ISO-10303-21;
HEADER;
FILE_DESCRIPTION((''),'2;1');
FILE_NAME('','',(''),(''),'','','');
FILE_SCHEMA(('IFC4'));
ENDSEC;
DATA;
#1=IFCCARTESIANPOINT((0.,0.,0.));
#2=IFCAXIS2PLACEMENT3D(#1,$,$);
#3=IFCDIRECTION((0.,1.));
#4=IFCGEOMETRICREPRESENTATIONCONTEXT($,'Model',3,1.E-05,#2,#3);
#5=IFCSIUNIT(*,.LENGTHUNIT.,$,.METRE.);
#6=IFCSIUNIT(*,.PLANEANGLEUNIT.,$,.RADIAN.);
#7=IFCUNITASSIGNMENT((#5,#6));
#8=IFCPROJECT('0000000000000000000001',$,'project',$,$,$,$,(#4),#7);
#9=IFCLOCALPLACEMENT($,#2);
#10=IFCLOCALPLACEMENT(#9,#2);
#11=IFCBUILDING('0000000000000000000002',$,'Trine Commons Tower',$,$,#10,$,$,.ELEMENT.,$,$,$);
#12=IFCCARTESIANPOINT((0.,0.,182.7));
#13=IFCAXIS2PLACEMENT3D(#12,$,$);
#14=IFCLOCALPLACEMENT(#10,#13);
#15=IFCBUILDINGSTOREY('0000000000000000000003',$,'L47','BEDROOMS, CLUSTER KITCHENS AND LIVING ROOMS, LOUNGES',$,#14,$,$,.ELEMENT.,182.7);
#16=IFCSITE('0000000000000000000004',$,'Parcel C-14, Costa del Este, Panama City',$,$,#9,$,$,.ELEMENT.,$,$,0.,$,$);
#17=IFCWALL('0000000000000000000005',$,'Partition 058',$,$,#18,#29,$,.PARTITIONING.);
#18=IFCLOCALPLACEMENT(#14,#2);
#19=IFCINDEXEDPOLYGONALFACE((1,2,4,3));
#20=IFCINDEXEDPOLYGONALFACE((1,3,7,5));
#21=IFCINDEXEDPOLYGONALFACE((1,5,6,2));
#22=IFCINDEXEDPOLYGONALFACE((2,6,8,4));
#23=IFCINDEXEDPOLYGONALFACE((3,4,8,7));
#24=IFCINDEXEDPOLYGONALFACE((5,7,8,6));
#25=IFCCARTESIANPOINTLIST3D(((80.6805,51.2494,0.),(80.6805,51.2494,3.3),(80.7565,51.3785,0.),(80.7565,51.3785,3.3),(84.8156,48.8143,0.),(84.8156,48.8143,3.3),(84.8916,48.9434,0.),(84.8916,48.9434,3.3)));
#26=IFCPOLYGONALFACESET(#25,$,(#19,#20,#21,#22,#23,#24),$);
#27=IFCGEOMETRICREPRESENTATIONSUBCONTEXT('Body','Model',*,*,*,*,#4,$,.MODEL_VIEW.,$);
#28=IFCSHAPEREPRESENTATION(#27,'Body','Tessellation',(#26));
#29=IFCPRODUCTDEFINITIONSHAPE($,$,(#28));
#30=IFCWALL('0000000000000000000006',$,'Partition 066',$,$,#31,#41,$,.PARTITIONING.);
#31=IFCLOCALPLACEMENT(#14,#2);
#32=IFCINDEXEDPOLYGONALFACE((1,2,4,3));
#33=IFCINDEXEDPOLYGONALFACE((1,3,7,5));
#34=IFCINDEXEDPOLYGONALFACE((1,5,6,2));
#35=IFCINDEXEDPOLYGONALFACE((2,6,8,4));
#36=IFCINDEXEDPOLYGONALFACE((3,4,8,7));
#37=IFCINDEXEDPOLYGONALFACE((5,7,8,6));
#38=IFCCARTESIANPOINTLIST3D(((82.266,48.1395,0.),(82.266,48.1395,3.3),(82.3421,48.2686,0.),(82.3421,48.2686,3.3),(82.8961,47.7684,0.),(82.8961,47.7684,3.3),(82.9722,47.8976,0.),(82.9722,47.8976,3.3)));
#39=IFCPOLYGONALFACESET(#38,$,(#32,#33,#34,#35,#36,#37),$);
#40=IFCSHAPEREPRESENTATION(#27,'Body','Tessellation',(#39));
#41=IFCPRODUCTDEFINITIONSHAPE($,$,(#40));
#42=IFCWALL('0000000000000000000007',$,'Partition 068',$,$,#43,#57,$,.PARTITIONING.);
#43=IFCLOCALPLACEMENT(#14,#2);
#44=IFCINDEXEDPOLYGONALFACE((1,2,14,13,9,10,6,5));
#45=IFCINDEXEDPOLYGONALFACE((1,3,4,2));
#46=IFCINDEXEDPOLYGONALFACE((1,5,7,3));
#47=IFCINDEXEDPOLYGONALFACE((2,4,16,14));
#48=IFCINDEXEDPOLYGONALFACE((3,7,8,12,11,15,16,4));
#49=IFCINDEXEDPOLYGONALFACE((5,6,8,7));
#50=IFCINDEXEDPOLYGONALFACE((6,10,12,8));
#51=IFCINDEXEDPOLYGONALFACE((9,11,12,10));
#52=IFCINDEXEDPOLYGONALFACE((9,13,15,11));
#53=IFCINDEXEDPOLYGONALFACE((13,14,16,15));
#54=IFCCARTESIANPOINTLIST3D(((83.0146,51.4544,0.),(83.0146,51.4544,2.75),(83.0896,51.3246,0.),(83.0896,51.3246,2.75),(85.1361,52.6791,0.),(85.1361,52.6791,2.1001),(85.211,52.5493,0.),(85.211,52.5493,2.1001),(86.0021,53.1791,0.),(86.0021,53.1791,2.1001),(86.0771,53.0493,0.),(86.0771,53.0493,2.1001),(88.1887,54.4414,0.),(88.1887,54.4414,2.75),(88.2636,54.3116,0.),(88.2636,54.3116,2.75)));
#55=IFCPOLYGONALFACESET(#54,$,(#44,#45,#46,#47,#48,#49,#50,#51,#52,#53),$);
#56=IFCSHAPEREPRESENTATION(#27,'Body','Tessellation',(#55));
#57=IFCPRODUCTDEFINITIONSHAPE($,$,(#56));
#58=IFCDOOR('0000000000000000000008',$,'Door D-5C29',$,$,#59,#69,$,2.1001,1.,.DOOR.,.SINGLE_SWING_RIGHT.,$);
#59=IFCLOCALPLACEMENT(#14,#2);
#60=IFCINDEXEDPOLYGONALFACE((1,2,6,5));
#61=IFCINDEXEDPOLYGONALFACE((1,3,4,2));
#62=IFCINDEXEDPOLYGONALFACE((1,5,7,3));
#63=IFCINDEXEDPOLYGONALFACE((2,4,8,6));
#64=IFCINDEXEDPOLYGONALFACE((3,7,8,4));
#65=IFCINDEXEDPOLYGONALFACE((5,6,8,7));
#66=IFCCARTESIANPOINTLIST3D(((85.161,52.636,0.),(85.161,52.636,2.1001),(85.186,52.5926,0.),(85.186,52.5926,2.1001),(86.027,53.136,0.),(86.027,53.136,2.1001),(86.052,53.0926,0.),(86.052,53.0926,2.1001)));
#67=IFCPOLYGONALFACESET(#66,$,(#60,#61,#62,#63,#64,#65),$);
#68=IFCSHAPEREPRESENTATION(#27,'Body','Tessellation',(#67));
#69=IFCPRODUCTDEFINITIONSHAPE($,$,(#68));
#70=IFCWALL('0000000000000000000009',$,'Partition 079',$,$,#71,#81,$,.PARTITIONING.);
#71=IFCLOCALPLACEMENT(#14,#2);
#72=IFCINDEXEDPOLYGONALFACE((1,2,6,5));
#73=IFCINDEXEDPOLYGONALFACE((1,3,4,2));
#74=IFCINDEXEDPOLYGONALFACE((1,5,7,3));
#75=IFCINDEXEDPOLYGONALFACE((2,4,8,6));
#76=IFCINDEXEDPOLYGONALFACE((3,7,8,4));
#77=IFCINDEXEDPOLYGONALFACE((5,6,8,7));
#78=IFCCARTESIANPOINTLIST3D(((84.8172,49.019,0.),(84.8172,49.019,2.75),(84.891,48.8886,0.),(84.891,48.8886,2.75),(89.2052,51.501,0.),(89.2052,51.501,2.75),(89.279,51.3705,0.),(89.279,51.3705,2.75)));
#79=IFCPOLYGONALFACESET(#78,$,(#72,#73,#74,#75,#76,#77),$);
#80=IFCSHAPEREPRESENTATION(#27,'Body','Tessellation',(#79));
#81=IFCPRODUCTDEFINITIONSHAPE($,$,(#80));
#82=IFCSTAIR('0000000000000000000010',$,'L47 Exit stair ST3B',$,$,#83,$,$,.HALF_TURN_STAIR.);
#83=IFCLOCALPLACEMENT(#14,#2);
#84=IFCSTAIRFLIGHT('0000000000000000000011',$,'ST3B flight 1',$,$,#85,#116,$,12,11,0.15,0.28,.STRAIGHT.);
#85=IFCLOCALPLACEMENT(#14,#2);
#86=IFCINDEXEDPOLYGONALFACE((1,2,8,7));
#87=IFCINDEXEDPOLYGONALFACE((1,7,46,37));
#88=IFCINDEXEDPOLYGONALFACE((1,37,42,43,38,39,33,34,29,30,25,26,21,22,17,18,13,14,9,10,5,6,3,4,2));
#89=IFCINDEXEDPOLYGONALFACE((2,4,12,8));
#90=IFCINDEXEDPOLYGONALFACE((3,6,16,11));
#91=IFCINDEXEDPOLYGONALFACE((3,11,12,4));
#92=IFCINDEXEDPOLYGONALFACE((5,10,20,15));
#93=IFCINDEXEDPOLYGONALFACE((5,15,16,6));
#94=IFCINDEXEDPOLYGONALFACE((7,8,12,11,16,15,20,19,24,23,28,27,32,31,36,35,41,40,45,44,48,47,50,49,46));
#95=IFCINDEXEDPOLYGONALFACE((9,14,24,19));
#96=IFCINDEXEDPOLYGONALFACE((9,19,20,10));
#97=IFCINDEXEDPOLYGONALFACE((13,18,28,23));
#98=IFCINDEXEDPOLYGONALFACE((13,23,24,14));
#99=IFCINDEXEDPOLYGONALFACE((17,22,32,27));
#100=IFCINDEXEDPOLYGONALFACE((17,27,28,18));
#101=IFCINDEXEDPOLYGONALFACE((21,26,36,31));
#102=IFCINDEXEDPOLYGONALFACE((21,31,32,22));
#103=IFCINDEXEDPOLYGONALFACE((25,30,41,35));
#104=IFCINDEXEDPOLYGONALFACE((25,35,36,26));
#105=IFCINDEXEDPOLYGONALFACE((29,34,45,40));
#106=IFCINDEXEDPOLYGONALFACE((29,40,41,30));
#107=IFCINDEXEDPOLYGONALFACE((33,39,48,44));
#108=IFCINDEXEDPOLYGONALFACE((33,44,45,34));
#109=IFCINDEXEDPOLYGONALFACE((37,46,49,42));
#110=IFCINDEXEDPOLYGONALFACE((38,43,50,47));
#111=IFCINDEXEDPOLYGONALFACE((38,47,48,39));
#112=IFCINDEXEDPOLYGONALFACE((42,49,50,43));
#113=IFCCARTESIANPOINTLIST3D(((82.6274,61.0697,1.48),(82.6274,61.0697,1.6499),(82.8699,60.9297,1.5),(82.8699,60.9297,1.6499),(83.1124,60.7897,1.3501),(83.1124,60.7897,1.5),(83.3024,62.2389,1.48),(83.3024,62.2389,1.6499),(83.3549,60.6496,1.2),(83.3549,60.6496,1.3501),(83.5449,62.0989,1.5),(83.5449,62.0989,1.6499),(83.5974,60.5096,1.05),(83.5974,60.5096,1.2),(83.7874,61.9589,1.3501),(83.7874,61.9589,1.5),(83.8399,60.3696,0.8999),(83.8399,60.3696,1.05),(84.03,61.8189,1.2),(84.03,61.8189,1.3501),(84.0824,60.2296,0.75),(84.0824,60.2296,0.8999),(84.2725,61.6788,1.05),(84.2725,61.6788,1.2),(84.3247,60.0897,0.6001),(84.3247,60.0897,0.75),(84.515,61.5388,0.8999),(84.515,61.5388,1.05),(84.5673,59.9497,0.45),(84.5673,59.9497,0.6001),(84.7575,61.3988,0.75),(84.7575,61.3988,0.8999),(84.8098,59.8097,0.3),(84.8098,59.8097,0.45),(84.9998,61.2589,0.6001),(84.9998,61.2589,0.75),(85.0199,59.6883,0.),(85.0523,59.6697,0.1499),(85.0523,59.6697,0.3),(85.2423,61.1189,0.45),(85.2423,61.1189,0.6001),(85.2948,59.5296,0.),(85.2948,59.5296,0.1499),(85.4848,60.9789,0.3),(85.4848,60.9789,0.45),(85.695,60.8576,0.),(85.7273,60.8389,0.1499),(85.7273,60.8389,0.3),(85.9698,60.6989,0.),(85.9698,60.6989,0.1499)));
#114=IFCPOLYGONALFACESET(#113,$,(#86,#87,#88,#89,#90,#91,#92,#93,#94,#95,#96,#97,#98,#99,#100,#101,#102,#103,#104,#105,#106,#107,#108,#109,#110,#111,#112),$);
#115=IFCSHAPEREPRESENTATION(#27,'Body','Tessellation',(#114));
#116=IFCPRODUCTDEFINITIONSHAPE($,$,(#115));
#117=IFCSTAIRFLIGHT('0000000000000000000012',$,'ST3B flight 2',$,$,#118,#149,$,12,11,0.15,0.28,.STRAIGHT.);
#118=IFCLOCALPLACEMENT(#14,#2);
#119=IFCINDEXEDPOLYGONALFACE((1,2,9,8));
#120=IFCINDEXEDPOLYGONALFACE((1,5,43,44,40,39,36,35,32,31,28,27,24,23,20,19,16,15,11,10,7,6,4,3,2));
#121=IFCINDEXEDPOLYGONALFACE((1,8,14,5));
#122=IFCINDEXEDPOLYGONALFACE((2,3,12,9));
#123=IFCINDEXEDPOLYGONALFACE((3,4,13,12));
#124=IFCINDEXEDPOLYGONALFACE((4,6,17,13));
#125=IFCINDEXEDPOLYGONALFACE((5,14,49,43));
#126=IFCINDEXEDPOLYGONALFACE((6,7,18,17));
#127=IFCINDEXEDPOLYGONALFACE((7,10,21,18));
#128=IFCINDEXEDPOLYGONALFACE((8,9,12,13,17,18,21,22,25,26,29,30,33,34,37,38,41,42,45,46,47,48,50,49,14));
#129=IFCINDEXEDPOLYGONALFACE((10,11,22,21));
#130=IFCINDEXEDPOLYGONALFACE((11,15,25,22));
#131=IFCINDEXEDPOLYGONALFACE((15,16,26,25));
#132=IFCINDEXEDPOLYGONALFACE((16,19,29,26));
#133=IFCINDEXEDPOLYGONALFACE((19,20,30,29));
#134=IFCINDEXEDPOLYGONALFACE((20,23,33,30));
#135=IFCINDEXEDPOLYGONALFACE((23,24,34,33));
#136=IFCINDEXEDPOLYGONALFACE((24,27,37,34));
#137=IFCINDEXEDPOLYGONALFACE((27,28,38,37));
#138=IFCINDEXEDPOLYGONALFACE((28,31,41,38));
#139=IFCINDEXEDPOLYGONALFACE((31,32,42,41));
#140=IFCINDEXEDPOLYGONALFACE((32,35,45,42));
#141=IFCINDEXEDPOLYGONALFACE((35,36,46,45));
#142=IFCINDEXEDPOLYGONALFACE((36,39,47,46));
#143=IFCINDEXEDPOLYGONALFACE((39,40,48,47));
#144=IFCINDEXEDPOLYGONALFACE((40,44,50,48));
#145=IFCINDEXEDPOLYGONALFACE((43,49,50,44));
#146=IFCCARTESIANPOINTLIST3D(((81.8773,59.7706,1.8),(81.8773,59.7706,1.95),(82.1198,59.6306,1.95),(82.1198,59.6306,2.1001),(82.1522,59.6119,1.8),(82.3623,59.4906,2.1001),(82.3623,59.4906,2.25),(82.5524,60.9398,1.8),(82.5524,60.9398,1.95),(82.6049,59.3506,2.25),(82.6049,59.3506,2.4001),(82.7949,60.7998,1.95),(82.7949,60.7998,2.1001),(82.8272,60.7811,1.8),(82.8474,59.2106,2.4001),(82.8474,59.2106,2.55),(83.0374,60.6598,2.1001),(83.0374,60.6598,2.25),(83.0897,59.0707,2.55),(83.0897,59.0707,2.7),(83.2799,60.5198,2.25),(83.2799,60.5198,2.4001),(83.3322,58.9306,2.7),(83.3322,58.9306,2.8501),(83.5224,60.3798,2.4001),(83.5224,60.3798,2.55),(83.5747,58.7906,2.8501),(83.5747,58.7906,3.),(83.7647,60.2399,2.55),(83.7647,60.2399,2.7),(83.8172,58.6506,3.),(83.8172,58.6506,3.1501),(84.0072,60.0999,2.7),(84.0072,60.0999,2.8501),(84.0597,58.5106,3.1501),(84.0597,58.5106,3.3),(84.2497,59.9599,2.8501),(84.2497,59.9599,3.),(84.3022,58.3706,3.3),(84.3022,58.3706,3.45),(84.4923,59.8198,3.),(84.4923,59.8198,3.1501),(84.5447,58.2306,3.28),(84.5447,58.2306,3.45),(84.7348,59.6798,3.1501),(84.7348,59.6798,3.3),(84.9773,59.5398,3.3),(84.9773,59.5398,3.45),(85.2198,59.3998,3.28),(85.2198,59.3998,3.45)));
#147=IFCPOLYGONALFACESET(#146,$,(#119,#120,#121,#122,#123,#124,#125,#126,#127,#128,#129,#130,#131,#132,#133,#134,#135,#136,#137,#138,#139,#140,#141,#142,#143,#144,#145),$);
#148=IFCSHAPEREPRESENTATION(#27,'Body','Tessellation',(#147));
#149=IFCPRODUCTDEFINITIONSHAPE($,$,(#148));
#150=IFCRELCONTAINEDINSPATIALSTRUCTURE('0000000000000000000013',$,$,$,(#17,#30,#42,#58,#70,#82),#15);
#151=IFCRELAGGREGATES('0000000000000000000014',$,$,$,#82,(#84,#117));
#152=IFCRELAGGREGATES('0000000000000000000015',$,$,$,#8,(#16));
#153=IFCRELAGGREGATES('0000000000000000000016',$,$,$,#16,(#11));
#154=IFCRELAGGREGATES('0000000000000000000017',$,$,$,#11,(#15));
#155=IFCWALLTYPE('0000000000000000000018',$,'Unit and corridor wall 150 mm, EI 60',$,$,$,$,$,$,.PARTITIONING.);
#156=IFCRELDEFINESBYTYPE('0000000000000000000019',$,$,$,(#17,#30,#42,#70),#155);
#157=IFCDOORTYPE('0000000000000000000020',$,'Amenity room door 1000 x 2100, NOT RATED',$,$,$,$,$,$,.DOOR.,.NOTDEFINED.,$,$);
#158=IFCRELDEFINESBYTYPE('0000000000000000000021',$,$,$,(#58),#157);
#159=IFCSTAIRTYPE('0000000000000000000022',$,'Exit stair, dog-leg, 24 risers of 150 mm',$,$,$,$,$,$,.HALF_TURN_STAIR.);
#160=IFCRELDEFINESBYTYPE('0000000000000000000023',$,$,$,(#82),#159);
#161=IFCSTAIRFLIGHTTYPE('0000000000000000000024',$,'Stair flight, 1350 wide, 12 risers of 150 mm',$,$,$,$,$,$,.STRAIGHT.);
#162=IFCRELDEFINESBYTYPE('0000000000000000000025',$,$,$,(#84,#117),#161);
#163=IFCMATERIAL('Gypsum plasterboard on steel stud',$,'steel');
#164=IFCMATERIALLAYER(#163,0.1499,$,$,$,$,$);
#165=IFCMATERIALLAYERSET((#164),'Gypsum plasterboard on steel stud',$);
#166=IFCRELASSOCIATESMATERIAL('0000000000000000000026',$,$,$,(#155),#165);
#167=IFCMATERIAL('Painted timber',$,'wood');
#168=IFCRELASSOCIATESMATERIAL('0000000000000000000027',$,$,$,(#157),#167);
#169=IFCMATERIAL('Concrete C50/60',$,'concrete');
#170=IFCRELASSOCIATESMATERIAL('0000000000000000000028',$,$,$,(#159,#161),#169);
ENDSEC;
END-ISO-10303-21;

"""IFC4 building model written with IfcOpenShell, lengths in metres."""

from ifc_helpers import new_model, si_unit, direction, frame, frame_2d, origin, place, context, subcontext, project, spatial, polyline, rectangle, outline, extrude, material, layer, layer_set, type_object, element, fill, aggregate, save


model = new_model("IFC4")

# Units and contexts
model_context = context("Model", 3, precision=1e-05, world=origin(), true_north=direction((0.0, 1.0)))
body_context = subcontext(model_context, "Body", "Model", "MODEL_VIEW")
ifc_project = project(units=[si_unit("LENGTHUNIT", "METRE"), si_unit("PLANEANGLEUNIT", "RADIAN")], contexts=[model_context])

# Site, building, storey
site_placement = place(None, origin())
site = spatial("IfcSite", under=ifc_project, at=site_placement, Name="Parcel C-14, Costa del Este, Panama City", CompositionType="ELEMENT", RefElevation=0.0)
building_placement = place(site_placement, origin())
building = spatial("IfcBuilding", under=site, at=building_placement, Name="Trine Commons Tower", CompositionType="ELEMENT")
storey_placement = place(building_placement, frame((0.0, 0.0, 182.7)))
storey = spatial("IfcBuildingStorey", under=building, at=storey_placement, Name="L47", Description="BEDROOMS, CLUSTER KITCHENS AND LIVING ROOMS, LOUNGES", CompositionType="ELEMENT", Elevation=182.7)

# Walls
ifc_material_1 = material(Name="Gypsum plasterboard on steel stud", Category="steel")
ifc_layer_1 = layer(ifc_material_1, 0.1499)
ifc_layer_set_1 = layer_set([ifc_layer_1], Name="Gypsum plasterboard on steel stud")
wall_type_1 = type_object("IfcWallType", Name="Unit and corridor wall 150 mm, EI 60", PredefinedType="PARTITIONING", material=ifc_layer_set_1)
wall_1_placement = place(storey_placement, frame((80.7185, 51.314, 0.0), z_axis=(0.0, 0.0, 1.0), x_axis=(0.861688, -0.507438, 0.0)))
element("IfcWall", 1, at=wall_1_placement, inside=storey, type_object=wall_type_1, Name="Partition 058", PredefinedType="PARTITIONING", context=body_context, shape_type="SweptSolid", body=[
    extrude(rectangle(XDim=4.7988, YDim=0.1499, at=frame_2d((2.3994, 0.0))), origin(), (0.0, 0.0, 1.0), 3.3),
])
wall_2_placement = place(storey_placement, frame((82.304, 48.2041, 0.0), z_axis=(0.0, 0.0, 1.0), x_axis=(0.861677, -0.507458, 0.0)))
element("IfcWall", 2, at=wall_2_placement, inside=storey, type_object=wall_type_1, Name="Partition 066", PredefinedType="PARTITIONING", context=body_context, shape_type="SweptSolid", body=[
    extrude(rectangle(XDim=0.7312, YDim=0.1499, at=frame_2d((0.3657, 0.0))), origin(), (0.0, 0.0, 1.0), 3.3),
])

# Wall, opening, door
wall_3_placement = place(storey_placement, frame((83.052, 51.3894, 0.0), z_axis=(0.0, 0.0, 1.0), x_axis=(0.866039, 0.499976, 0.0)))
wall_3 = element("IfcWall", 3, at=wall_3_placement, inside=storey, type_object=wall_type_1, Name="Partition 068", PredefinedType="PARTITIONING", context=body_context, shape_type="SweptSolid", body=[
    extrude(rectangle(XDim=5.9744, YDim=0.1499, at=frame_2d((2.9873, 0.0))), origin(), (0.0, 0.0, 1.0), 2.75),
])
opening_1_placement = place(wall_3_placement, frame((2.4497, 0.0, 0.0)))
opening_1 = element("IfcOpeningElement", 4, at=opening_1_placement, cuts=wall_3, PredefinedType="OPENING", context=body_context, shape_type="SweptSolid", body=[
    extrude(rectangle(XDim=1.0, YDim=2.1001, at=frame_2d((0.5, 1.05))), frame((0.0, 0.085, 0.0), z_axis=(0.0, -1.0, 0.0), x_axis=(1.0, 0.0, 0.0)), (0.0, 0.0, 1.0), 0.1699),
])
ifc_material_2 = material(Name="Painted timber", Category="wood")
door_type_1 = type_object("IfcDoorType", Name="Amenity room door 1000 x 2100, NOT RATED", OperationType="NOTDEFINED", PredefinedType="DOOR", material=ifc_material_2)
door_1_placement = place(opening_1_placement, frame((1.0, 0.0, 0.0), z_axis=(0.0, 0.0, 1.0), x_axis=(-1.0, 0.0, 0.0)))
door_1 = element("IfcDoor", 5, at=door_1_placement, inside=storey, type_object=door_type_1, Name="Door D-5C29", OperationType="SINGLE_SWING_RIGHT", OverallHeight=2.1001, OverallWidth=1.0, PredefinedType="DOOR", context=body_context, shape_type="SweptSolid", body=[
    extrude(rectangle(XDim=1.0, YDim=2.1001, at=frame_2d((0.5, 1.05))), frame((0.0, 0.0249, 0.0), z_axis=(0.0, -1.0, 0.0), x_axis=(1.0, 0.0, 0.0)), (0.0, 0.0, 1.0), 0.05),
])
fill(opening_1, door_1)

# Wall
wall_4_placement = place(storey_placement, frame((84.8542, 48.9539, 0.0), z_axis=(0.0, 0.0, 1.0), x_axis=(0.87041, 0.492327, 0.0)))
element("IfcWall", 6, at=wall_4_placement, inside=storey, type_object=wall_type_1, Name="Partition 079", PredefinedType="PARTITIONING", context=body_context, shape_type="SweptSolid", body=[
    extrude(rectangle(XDim=5.0413, YDim=0.1499, at=frame_2d((2.5205, 0.0))), origin(), (0.0, 0.0, 1.0), 2.75),
])

# Stair, stair flights
ifc_material_3 = material(Name="Concrete C50/60", Category="concrete")
stair_type = type_object("IfcStairType", Name="Exit stair, dog-leg, 24 risers of 150 mm", PredefinedType="HALF_TURN_STAIR", material=ifc_material_3)
stair_placement = place(storey_placement, origin())
stair = element("IfcStair", 7, at=stair_placement, inside=storey, type_object=stair_type, Name="L47 Exit stair ST3B", PredefinedType="HALF_TURN_STAIR")
stair_flight_type = type_object("IfcStairFlightType", Name="Stair flight, 1350 wide, 12 risers of 150 mm", PredefinedType="STRAIGHT", material=ifc_material_3)
stair_flight_1_placement = place(storey_placement, frame((85.6323, 60.1143, 0.0), z_axis=(0.0, 0.0, 1.0), x_axis=(-0.866025, 0.5, 0.0)))
stair_flight_1 = element("IfcStairFlight", 8, at=stair_flight_1_placement, type_object=stair_flight_type, Name="ST3B flight 1", NumberOfRisers=12, NumberOfTreads=11, PredefinedType="STRAIGHT", RiserHeight=0.15, TreadLength=0.28, context=body_context, shape_type="SweptSolid", body=[
    extrude(outline(polyline([(0.0, 0.0), (0.0, 0.1499), (0.28, 0.1499), (0.28, 0.3), (0.5601, 0.3), (0.5601, 0.45), (0.8401, 0.45), (0.8401, 0.6001), (1.1201, 0.6001), (1.1201, 0.75), (1.3999, 0.75), (1.3999, 0.8999), (1.6799, 0.8999), (1.6799, 1.05), (1.96, 1.05), (1.96, 1.2), (2.24, 1.2), (2.24, 1.3501), (2.52, 1.3501), (2.52, 1.5), (2.8, 1.5), (2.8, 1.6499), (3.0801, 1.6499), (3.0801, 1.8), (3.0801, 1.48), (0.3174, 0.0), (0.0, 0.0)])), frame((0.0, 0.675, 0.0), z_axis=(0.0, -1.0, 0.0), x_axis=(1.0, 0.0, 0.0)), (0.0, 0.0, 1.0), 1.3501),
])
stair_flight_2_placement = place(storey_placement, frame((82.2148, 60.3552, 1.8), z_axis=(0.0, 0.0, 1.0), x_axis=(0.866025, -0.5, 0.0)))
stair_flight_2 = element("IfcStairFlight", 9, at=stair_flight_2_placement, type_object=stair_flight_type, Name="ST3B flight 2", NumberOfRisers=12, NumberOfTreads=11, PredefinedType="STRAIGHT", RiserHeight=0.15, TreadLength=0.28, context=body_context, shape_type="SweptSolid", body=[
    extrude(outline(polyline([(0.0, 0.0), (0.0, 0.1499), (0.28, 0.1499), (0.28, 0.3), (0.5601, 0.3), (0.5601, 0.45), (0.8401, 0.45), (0.8401, 0.6001), (1.1201, 0.6001), (1.1201, 0.75), (1.3999, 0.75), (1.3999, 0.8999), (1.6799, 0.8999), (1.6799, 1.05), (1.96, 1.05), (1.96, 1.2), (2.24, 1.2), (2.24, 1.3501), (2.52, 1.3501), (2.52, 1.5), (2.8, 1.5), (2.8, 1.6499), (3.0801, 1.6499), (3.0801, 1.8), (3.0801, 1.48), (0.3174, 0.0), (0.0, 0.0)])), frame((0.0, 0.675, 0.0), z_axis=(0.0, -1.0, 0.0), x_axis=(1.0, 0.0, 0.0)), (0.0, 0.0, 1.0), 1.3501),
])
aggregate(stair, [stair_flight_1, stair_flight_2])

save(model, "model.ifc")
